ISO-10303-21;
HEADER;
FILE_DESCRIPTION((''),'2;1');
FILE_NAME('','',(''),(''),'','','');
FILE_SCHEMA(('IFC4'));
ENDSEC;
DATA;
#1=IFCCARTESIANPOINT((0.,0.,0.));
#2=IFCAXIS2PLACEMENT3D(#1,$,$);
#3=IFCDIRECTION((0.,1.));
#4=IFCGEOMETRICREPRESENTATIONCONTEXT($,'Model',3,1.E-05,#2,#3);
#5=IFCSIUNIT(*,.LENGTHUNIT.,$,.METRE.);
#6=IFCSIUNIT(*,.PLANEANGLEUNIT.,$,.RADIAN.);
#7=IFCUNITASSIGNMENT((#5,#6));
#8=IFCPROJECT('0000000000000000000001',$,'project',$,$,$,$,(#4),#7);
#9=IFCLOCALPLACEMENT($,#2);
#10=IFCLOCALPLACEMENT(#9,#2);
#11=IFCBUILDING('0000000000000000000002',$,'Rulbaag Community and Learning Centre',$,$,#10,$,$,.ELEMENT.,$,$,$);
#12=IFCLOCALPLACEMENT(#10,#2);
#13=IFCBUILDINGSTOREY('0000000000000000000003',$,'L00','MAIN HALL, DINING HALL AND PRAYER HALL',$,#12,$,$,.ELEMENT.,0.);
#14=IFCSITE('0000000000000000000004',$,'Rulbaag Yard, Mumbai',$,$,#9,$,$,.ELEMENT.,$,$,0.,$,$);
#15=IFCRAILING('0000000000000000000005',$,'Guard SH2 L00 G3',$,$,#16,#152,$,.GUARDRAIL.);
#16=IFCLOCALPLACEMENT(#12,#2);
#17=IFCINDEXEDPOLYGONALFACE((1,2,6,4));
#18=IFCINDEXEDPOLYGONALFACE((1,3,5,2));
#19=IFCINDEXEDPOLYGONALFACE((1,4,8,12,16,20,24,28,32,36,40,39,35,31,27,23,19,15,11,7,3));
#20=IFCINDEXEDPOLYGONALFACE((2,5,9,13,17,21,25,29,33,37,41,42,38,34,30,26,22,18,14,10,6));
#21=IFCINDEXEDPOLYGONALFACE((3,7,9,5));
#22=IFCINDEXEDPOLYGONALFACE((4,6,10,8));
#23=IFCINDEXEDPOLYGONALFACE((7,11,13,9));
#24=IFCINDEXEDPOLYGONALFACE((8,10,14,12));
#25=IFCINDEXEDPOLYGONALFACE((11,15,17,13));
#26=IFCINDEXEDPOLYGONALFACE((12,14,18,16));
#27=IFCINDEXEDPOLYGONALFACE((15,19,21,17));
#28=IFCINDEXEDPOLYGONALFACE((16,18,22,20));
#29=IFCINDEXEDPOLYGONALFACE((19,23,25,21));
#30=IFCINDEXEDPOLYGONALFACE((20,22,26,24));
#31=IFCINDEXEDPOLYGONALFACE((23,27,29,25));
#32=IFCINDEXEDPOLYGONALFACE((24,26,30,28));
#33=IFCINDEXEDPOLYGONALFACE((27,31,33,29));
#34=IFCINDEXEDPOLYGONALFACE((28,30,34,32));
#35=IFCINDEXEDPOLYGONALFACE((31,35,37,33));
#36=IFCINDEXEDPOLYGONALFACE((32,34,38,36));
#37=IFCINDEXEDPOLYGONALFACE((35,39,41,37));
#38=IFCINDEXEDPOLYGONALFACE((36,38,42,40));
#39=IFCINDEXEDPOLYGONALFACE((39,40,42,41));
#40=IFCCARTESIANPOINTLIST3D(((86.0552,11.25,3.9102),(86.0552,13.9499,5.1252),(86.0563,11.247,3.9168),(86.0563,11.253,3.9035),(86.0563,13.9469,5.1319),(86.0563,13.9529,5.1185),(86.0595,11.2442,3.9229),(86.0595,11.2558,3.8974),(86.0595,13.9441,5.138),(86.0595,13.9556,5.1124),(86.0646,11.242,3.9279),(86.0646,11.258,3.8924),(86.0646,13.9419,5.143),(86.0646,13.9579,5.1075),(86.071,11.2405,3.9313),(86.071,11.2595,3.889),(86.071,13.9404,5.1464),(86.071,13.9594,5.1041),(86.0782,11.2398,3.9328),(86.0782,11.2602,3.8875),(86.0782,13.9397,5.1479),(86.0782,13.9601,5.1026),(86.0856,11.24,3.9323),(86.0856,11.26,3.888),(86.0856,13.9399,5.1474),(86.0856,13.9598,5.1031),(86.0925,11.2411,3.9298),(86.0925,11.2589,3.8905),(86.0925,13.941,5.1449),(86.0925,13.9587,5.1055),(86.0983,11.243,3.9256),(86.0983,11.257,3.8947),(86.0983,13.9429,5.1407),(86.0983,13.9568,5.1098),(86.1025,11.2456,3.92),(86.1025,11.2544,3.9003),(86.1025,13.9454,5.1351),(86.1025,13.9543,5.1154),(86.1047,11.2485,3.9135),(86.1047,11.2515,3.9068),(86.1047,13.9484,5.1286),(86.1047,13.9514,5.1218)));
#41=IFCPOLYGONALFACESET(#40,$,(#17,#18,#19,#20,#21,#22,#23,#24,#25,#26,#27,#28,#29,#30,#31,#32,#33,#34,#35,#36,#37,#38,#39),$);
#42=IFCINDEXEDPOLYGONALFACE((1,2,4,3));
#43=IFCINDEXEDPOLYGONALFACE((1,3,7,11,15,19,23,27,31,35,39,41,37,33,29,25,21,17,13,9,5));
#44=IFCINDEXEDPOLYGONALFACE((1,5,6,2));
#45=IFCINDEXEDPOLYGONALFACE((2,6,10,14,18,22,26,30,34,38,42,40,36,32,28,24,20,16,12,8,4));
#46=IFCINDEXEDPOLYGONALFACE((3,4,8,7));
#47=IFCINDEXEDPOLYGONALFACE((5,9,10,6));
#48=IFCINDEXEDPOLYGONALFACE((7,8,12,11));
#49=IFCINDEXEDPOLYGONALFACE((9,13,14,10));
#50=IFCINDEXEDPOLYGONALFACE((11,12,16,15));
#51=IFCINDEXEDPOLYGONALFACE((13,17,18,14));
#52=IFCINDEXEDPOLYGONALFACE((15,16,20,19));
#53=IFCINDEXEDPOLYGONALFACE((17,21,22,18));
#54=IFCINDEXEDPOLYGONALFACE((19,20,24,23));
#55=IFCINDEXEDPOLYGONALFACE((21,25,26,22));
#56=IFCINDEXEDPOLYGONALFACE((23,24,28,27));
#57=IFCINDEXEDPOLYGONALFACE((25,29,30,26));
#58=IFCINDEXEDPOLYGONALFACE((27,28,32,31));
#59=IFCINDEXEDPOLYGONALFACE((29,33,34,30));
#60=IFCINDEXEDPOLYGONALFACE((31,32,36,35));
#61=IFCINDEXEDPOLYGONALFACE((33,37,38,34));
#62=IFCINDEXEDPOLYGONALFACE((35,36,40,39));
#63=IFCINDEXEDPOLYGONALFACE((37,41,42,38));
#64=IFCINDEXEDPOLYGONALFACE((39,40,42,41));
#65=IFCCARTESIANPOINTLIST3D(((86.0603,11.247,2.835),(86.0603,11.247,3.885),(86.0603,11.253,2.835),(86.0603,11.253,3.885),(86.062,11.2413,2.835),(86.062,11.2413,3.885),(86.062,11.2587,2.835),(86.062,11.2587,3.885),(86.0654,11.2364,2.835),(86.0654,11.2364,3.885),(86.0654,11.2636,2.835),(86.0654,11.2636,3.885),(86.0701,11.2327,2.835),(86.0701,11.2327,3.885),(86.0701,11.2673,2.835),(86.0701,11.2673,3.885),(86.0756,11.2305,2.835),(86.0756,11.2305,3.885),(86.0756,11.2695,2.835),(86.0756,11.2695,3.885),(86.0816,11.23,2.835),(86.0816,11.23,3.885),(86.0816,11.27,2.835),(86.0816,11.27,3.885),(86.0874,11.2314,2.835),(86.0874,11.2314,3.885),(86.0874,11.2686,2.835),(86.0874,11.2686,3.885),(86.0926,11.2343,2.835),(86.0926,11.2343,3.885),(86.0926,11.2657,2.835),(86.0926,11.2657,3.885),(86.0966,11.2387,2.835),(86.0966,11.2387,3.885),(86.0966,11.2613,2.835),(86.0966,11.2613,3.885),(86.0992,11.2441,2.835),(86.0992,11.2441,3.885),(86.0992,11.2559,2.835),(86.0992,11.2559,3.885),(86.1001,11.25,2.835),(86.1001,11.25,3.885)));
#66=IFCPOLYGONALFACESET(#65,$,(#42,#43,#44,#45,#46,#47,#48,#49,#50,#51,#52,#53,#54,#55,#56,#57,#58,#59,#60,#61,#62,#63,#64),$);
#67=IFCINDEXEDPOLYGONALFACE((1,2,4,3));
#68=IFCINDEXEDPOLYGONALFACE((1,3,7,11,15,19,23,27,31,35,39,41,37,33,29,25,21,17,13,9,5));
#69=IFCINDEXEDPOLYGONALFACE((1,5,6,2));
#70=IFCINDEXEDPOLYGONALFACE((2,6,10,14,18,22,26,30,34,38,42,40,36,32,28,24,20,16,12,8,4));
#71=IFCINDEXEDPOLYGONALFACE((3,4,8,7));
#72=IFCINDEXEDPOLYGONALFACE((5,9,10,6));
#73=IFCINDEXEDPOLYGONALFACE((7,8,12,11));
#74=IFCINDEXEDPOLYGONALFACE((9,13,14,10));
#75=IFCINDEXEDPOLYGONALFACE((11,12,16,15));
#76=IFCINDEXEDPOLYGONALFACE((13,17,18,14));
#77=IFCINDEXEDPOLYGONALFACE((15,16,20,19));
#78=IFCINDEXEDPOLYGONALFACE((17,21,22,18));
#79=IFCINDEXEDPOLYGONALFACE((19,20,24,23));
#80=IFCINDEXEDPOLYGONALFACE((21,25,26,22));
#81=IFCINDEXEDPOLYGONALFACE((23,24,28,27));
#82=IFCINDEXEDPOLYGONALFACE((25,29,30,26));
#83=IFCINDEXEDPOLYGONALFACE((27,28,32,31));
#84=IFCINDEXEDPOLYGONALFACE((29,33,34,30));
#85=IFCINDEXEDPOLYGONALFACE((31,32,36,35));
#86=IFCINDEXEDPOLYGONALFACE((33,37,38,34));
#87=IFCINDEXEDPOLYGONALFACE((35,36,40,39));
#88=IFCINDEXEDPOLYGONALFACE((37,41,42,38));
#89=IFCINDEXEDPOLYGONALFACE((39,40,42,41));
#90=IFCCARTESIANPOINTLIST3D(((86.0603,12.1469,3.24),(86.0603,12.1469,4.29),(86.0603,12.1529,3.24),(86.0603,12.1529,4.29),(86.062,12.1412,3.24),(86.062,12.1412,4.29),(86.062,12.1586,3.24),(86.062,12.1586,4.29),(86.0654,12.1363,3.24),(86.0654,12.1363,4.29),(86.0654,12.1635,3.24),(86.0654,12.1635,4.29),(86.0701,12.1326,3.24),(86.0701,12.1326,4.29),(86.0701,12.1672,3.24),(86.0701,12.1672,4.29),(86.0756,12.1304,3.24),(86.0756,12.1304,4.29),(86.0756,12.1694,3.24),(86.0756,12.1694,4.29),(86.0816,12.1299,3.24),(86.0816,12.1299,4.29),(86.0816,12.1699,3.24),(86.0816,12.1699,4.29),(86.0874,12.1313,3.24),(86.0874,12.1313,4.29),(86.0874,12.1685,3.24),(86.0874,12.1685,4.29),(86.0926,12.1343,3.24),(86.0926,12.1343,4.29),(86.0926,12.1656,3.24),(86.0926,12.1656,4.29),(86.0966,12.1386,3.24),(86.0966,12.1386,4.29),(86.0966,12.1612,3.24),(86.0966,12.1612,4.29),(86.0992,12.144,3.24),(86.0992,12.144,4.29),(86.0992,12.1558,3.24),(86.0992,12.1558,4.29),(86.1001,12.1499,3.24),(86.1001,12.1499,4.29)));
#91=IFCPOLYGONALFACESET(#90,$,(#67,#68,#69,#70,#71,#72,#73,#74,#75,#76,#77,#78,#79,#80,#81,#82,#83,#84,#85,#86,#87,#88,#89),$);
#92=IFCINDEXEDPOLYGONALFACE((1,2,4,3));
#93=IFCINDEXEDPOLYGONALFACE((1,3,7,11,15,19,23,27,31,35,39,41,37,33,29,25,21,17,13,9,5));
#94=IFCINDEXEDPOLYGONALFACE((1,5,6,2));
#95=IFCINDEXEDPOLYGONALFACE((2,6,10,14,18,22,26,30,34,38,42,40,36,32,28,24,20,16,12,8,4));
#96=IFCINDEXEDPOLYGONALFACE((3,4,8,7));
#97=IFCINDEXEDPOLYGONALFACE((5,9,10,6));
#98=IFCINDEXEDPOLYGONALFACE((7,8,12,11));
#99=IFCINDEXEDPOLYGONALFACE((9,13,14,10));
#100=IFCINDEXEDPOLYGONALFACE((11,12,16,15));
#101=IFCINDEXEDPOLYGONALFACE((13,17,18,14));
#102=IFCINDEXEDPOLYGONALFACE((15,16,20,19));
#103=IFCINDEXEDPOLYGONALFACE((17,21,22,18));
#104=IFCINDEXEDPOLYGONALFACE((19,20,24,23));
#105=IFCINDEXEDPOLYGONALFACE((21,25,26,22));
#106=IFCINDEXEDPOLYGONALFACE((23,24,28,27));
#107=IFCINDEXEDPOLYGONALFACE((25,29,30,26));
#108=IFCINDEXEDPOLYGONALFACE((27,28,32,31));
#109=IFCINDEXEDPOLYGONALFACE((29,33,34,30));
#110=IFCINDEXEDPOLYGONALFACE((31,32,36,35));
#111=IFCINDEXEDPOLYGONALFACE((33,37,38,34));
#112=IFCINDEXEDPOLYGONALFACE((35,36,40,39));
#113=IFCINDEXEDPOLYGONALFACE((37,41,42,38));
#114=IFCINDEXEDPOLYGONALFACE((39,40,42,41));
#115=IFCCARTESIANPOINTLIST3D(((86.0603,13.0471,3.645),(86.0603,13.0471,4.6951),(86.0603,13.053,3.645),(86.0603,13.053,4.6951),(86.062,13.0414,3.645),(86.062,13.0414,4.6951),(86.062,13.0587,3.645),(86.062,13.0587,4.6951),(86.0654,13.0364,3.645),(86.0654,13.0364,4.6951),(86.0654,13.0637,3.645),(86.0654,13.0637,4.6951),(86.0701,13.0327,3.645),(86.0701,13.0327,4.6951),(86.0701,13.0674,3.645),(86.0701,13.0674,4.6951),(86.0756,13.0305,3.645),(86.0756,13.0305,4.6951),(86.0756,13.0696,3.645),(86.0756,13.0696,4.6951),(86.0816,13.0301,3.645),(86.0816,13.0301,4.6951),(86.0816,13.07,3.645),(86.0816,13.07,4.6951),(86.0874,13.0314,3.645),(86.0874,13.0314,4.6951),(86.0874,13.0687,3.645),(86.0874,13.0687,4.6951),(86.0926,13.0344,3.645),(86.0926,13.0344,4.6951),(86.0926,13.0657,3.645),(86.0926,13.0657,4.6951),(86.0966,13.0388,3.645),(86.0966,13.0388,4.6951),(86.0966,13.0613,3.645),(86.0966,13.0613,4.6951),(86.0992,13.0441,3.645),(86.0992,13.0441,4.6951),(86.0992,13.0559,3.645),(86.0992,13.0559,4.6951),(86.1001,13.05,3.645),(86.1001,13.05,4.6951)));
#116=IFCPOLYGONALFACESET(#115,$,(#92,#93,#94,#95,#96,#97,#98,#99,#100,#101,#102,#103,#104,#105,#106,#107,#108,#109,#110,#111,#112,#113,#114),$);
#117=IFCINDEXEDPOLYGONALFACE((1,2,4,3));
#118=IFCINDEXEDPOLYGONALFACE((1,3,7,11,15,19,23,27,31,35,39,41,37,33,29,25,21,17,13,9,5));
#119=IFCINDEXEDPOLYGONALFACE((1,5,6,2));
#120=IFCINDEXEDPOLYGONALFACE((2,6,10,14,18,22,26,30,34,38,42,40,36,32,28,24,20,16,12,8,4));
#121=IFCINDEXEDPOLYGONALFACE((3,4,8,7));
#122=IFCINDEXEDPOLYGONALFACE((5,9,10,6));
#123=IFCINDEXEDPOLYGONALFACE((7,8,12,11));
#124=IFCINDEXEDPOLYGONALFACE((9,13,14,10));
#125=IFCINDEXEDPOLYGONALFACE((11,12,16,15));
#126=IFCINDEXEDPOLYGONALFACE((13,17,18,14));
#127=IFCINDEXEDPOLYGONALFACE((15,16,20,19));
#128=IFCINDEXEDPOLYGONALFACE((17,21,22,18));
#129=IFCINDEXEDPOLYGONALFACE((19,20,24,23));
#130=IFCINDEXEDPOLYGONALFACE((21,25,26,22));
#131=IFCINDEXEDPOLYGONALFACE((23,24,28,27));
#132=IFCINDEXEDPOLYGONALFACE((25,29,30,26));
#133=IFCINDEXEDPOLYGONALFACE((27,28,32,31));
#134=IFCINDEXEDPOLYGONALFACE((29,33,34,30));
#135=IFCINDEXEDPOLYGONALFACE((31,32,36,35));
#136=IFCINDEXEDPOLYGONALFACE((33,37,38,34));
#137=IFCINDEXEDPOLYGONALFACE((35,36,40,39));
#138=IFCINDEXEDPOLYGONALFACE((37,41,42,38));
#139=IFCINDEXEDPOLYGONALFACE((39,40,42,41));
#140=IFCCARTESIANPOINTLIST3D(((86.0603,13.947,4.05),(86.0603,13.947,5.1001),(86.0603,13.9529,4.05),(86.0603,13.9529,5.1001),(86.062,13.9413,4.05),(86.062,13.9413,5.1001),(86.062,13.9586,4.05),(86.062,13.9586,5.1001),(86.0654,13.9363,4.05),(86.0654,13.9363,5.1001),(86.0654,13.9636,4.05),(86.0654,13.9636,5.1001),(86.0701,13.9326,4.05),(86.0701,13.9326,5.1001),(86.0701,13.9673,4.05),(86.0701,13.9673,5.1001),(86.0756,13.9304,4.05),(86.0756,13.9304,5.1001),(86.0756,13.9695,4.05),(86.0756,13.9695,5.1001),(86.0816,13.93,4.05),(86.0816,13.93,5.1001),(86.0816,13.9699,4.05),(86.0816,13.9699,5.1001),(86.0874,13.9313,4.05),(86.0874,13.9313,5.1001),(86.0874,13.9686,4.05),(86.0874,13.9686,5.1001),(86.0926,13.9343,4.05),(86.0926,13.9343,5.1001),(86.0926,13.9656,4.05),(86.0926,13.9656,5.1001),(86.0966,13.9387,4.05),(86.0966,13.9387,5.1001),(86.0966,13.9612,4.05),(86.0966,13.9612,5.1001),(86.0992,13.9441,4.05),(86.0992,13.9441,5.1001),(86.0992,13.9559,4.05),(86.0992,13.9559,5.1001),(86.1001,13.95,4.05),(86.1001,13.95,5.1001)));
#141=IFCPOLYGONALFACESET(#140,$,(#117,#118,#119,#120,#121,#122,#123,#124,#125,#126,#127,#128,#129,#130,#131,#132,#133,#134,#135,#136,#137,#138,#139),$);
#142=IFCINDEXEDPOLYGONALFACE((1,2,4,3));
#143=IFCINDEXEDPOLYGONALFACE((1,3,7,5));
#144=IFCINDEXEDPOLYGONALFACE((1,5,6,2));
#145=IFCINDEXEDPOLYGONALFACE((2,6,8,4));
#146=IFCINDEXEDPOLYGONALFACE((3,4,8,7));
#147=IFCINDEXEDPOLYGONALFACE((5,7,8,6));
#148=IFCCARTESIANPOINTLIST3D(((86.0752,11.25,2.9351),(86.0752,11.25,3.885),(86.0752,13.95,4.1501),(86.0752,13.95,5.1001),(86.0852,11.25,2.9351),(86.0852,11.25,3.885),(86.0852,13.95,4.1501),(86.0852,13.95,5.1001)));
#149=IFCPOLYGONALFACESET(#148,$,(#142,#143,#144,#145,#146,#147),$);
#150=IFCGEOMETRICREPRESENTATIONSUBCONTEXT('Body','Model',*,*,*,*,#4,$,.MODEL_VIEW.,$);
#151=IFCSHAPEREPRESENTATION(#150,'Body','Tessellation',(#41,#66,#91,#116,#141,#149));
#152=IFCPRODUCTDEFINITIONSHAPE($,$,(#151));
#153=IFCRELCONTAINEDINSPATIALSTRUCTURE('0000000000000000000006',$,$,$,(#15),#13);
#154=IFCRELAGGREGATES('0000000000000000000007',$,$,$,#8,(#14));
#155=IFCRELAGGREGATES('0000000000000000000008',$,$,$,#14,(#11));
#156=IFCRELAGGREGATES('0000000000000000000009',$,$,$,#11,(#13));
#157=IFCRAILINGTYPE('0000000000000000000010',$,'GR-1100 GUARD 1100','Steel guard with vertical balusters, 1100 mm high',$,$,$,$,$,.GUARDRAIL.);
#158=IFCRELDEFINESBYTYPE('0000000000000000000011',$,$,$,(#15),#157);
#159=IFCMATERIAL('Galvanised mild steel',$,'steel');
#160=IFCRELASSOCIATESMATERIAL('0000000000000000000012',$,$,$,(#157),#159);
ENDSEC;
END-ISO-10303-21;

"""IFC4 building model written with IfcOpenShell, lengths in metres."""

from ifc_helpers import new_model, si_unit, direction, frame, origin, origin_2d, place, context, subcontext, project, spatial, polyline, circle, outline, extrude, material, type_object, element, save


model = new_model("IFC4")

# Units and contexts
model_context = context("Model", 3, precision=1e-05, world=origin(), true_north=direction((0.0, 1.0)))
body_context = subcontext(model_context, "Body", "Model", "MODEL_VIEW")
ifc_project = project(units=[si_unit("LENGTHUNIT", "METRE"), si_unit("PLANEANGLEUNIT", "RADIAN")], contexts=[model_context])

# Site, building, storey
site_placement = place(None, origin())
site = spatial("IfcSite", under=ifc_project, at=site_placement, Name="Rulbaag Yard, Mumbai", CompositionType="ELEMENT", RefElevation=0.0)
building_placement = place(site_placement, origin())
building = spatial("IfcBuilding", under=site, at=building_placement, Name="Rulbaag Community and Learning Centre", CompositionType="ELEMENT")
storey_placement = place(building_placement, origin())
storey = spatial("IfcBuildingStorey", under=building, at=storey_placement, Name="L00", Description="MAIN HALL, DINING HALL AND PRAYER HALL", CompositionType="ELEMENT", Elevation=0.0)

# Railing
ifc_material_1 = material(Name="Galvanised mild steel", Category="steel")
railing_type_1 = type_object("IfcRailingType", Name="GR-1100 GUARD 1100", Description="Steel guard with vertical balusters, 1100 mm high", PredefinedType="GUARDRAIL", material=ifc_material_1)
railing_1_placement = place(storey_placement, frame((86.0801, 11.25, 2.835)))
element("IfcRailing", 1, at=railing_1_placement, inside=storey, type_object=railing_type_1, Name="Guard SH2 L00 G3", PredefinedType="GUARDRAIL", context=body_context, shape_type="SweptSolid", body=[
    extrude(circle(Radius=0.0249, at=origin_2d()), frame((0.0, 0.0, 1.0752), z_axis=(0.0, 0.911908, 0.410396), x_axis=(-1.0, 0.0, 0.0)), (0.0, 0.0, 1.0), 2.9607),
    extrude(circle(Radius=0.02, at=origin_2d()), origin(), (0.0, 0.0, 1.0), 1.05),
    extrude(circle(Radius=0.02, at=origin_2d()), frame((0.0, 0.8999, 0.405)), (0.0, 0.0, 1.0), 1.05),
    extrude(circle(Radius=0.02, at=origin_2d()), frame((0.0, 1.8, 0.8101)), (0.0, 0.0, 1.0), 1.05),
    extrude(circle(Radius=0.02, at=origin_2d()), frame((0.0, 2.7, 1.2151)), (0.0, 0.0, 1.0), 1.05),
    extrude(outline(polyline([(0.0, 0.0), (2.7, 1.2151), (2.7, 2.165), (0.0, 0.95), (0.0, 0.0)])), frame((-0.0049, 0.0, 0.1001), z_axis=(1.0, 0.0, 0.0), x_axis=(0.0, 1.0, 0.0)), (0.0, 0.0, 1.0), 0.01),
])

save(model, "model.ifc")
